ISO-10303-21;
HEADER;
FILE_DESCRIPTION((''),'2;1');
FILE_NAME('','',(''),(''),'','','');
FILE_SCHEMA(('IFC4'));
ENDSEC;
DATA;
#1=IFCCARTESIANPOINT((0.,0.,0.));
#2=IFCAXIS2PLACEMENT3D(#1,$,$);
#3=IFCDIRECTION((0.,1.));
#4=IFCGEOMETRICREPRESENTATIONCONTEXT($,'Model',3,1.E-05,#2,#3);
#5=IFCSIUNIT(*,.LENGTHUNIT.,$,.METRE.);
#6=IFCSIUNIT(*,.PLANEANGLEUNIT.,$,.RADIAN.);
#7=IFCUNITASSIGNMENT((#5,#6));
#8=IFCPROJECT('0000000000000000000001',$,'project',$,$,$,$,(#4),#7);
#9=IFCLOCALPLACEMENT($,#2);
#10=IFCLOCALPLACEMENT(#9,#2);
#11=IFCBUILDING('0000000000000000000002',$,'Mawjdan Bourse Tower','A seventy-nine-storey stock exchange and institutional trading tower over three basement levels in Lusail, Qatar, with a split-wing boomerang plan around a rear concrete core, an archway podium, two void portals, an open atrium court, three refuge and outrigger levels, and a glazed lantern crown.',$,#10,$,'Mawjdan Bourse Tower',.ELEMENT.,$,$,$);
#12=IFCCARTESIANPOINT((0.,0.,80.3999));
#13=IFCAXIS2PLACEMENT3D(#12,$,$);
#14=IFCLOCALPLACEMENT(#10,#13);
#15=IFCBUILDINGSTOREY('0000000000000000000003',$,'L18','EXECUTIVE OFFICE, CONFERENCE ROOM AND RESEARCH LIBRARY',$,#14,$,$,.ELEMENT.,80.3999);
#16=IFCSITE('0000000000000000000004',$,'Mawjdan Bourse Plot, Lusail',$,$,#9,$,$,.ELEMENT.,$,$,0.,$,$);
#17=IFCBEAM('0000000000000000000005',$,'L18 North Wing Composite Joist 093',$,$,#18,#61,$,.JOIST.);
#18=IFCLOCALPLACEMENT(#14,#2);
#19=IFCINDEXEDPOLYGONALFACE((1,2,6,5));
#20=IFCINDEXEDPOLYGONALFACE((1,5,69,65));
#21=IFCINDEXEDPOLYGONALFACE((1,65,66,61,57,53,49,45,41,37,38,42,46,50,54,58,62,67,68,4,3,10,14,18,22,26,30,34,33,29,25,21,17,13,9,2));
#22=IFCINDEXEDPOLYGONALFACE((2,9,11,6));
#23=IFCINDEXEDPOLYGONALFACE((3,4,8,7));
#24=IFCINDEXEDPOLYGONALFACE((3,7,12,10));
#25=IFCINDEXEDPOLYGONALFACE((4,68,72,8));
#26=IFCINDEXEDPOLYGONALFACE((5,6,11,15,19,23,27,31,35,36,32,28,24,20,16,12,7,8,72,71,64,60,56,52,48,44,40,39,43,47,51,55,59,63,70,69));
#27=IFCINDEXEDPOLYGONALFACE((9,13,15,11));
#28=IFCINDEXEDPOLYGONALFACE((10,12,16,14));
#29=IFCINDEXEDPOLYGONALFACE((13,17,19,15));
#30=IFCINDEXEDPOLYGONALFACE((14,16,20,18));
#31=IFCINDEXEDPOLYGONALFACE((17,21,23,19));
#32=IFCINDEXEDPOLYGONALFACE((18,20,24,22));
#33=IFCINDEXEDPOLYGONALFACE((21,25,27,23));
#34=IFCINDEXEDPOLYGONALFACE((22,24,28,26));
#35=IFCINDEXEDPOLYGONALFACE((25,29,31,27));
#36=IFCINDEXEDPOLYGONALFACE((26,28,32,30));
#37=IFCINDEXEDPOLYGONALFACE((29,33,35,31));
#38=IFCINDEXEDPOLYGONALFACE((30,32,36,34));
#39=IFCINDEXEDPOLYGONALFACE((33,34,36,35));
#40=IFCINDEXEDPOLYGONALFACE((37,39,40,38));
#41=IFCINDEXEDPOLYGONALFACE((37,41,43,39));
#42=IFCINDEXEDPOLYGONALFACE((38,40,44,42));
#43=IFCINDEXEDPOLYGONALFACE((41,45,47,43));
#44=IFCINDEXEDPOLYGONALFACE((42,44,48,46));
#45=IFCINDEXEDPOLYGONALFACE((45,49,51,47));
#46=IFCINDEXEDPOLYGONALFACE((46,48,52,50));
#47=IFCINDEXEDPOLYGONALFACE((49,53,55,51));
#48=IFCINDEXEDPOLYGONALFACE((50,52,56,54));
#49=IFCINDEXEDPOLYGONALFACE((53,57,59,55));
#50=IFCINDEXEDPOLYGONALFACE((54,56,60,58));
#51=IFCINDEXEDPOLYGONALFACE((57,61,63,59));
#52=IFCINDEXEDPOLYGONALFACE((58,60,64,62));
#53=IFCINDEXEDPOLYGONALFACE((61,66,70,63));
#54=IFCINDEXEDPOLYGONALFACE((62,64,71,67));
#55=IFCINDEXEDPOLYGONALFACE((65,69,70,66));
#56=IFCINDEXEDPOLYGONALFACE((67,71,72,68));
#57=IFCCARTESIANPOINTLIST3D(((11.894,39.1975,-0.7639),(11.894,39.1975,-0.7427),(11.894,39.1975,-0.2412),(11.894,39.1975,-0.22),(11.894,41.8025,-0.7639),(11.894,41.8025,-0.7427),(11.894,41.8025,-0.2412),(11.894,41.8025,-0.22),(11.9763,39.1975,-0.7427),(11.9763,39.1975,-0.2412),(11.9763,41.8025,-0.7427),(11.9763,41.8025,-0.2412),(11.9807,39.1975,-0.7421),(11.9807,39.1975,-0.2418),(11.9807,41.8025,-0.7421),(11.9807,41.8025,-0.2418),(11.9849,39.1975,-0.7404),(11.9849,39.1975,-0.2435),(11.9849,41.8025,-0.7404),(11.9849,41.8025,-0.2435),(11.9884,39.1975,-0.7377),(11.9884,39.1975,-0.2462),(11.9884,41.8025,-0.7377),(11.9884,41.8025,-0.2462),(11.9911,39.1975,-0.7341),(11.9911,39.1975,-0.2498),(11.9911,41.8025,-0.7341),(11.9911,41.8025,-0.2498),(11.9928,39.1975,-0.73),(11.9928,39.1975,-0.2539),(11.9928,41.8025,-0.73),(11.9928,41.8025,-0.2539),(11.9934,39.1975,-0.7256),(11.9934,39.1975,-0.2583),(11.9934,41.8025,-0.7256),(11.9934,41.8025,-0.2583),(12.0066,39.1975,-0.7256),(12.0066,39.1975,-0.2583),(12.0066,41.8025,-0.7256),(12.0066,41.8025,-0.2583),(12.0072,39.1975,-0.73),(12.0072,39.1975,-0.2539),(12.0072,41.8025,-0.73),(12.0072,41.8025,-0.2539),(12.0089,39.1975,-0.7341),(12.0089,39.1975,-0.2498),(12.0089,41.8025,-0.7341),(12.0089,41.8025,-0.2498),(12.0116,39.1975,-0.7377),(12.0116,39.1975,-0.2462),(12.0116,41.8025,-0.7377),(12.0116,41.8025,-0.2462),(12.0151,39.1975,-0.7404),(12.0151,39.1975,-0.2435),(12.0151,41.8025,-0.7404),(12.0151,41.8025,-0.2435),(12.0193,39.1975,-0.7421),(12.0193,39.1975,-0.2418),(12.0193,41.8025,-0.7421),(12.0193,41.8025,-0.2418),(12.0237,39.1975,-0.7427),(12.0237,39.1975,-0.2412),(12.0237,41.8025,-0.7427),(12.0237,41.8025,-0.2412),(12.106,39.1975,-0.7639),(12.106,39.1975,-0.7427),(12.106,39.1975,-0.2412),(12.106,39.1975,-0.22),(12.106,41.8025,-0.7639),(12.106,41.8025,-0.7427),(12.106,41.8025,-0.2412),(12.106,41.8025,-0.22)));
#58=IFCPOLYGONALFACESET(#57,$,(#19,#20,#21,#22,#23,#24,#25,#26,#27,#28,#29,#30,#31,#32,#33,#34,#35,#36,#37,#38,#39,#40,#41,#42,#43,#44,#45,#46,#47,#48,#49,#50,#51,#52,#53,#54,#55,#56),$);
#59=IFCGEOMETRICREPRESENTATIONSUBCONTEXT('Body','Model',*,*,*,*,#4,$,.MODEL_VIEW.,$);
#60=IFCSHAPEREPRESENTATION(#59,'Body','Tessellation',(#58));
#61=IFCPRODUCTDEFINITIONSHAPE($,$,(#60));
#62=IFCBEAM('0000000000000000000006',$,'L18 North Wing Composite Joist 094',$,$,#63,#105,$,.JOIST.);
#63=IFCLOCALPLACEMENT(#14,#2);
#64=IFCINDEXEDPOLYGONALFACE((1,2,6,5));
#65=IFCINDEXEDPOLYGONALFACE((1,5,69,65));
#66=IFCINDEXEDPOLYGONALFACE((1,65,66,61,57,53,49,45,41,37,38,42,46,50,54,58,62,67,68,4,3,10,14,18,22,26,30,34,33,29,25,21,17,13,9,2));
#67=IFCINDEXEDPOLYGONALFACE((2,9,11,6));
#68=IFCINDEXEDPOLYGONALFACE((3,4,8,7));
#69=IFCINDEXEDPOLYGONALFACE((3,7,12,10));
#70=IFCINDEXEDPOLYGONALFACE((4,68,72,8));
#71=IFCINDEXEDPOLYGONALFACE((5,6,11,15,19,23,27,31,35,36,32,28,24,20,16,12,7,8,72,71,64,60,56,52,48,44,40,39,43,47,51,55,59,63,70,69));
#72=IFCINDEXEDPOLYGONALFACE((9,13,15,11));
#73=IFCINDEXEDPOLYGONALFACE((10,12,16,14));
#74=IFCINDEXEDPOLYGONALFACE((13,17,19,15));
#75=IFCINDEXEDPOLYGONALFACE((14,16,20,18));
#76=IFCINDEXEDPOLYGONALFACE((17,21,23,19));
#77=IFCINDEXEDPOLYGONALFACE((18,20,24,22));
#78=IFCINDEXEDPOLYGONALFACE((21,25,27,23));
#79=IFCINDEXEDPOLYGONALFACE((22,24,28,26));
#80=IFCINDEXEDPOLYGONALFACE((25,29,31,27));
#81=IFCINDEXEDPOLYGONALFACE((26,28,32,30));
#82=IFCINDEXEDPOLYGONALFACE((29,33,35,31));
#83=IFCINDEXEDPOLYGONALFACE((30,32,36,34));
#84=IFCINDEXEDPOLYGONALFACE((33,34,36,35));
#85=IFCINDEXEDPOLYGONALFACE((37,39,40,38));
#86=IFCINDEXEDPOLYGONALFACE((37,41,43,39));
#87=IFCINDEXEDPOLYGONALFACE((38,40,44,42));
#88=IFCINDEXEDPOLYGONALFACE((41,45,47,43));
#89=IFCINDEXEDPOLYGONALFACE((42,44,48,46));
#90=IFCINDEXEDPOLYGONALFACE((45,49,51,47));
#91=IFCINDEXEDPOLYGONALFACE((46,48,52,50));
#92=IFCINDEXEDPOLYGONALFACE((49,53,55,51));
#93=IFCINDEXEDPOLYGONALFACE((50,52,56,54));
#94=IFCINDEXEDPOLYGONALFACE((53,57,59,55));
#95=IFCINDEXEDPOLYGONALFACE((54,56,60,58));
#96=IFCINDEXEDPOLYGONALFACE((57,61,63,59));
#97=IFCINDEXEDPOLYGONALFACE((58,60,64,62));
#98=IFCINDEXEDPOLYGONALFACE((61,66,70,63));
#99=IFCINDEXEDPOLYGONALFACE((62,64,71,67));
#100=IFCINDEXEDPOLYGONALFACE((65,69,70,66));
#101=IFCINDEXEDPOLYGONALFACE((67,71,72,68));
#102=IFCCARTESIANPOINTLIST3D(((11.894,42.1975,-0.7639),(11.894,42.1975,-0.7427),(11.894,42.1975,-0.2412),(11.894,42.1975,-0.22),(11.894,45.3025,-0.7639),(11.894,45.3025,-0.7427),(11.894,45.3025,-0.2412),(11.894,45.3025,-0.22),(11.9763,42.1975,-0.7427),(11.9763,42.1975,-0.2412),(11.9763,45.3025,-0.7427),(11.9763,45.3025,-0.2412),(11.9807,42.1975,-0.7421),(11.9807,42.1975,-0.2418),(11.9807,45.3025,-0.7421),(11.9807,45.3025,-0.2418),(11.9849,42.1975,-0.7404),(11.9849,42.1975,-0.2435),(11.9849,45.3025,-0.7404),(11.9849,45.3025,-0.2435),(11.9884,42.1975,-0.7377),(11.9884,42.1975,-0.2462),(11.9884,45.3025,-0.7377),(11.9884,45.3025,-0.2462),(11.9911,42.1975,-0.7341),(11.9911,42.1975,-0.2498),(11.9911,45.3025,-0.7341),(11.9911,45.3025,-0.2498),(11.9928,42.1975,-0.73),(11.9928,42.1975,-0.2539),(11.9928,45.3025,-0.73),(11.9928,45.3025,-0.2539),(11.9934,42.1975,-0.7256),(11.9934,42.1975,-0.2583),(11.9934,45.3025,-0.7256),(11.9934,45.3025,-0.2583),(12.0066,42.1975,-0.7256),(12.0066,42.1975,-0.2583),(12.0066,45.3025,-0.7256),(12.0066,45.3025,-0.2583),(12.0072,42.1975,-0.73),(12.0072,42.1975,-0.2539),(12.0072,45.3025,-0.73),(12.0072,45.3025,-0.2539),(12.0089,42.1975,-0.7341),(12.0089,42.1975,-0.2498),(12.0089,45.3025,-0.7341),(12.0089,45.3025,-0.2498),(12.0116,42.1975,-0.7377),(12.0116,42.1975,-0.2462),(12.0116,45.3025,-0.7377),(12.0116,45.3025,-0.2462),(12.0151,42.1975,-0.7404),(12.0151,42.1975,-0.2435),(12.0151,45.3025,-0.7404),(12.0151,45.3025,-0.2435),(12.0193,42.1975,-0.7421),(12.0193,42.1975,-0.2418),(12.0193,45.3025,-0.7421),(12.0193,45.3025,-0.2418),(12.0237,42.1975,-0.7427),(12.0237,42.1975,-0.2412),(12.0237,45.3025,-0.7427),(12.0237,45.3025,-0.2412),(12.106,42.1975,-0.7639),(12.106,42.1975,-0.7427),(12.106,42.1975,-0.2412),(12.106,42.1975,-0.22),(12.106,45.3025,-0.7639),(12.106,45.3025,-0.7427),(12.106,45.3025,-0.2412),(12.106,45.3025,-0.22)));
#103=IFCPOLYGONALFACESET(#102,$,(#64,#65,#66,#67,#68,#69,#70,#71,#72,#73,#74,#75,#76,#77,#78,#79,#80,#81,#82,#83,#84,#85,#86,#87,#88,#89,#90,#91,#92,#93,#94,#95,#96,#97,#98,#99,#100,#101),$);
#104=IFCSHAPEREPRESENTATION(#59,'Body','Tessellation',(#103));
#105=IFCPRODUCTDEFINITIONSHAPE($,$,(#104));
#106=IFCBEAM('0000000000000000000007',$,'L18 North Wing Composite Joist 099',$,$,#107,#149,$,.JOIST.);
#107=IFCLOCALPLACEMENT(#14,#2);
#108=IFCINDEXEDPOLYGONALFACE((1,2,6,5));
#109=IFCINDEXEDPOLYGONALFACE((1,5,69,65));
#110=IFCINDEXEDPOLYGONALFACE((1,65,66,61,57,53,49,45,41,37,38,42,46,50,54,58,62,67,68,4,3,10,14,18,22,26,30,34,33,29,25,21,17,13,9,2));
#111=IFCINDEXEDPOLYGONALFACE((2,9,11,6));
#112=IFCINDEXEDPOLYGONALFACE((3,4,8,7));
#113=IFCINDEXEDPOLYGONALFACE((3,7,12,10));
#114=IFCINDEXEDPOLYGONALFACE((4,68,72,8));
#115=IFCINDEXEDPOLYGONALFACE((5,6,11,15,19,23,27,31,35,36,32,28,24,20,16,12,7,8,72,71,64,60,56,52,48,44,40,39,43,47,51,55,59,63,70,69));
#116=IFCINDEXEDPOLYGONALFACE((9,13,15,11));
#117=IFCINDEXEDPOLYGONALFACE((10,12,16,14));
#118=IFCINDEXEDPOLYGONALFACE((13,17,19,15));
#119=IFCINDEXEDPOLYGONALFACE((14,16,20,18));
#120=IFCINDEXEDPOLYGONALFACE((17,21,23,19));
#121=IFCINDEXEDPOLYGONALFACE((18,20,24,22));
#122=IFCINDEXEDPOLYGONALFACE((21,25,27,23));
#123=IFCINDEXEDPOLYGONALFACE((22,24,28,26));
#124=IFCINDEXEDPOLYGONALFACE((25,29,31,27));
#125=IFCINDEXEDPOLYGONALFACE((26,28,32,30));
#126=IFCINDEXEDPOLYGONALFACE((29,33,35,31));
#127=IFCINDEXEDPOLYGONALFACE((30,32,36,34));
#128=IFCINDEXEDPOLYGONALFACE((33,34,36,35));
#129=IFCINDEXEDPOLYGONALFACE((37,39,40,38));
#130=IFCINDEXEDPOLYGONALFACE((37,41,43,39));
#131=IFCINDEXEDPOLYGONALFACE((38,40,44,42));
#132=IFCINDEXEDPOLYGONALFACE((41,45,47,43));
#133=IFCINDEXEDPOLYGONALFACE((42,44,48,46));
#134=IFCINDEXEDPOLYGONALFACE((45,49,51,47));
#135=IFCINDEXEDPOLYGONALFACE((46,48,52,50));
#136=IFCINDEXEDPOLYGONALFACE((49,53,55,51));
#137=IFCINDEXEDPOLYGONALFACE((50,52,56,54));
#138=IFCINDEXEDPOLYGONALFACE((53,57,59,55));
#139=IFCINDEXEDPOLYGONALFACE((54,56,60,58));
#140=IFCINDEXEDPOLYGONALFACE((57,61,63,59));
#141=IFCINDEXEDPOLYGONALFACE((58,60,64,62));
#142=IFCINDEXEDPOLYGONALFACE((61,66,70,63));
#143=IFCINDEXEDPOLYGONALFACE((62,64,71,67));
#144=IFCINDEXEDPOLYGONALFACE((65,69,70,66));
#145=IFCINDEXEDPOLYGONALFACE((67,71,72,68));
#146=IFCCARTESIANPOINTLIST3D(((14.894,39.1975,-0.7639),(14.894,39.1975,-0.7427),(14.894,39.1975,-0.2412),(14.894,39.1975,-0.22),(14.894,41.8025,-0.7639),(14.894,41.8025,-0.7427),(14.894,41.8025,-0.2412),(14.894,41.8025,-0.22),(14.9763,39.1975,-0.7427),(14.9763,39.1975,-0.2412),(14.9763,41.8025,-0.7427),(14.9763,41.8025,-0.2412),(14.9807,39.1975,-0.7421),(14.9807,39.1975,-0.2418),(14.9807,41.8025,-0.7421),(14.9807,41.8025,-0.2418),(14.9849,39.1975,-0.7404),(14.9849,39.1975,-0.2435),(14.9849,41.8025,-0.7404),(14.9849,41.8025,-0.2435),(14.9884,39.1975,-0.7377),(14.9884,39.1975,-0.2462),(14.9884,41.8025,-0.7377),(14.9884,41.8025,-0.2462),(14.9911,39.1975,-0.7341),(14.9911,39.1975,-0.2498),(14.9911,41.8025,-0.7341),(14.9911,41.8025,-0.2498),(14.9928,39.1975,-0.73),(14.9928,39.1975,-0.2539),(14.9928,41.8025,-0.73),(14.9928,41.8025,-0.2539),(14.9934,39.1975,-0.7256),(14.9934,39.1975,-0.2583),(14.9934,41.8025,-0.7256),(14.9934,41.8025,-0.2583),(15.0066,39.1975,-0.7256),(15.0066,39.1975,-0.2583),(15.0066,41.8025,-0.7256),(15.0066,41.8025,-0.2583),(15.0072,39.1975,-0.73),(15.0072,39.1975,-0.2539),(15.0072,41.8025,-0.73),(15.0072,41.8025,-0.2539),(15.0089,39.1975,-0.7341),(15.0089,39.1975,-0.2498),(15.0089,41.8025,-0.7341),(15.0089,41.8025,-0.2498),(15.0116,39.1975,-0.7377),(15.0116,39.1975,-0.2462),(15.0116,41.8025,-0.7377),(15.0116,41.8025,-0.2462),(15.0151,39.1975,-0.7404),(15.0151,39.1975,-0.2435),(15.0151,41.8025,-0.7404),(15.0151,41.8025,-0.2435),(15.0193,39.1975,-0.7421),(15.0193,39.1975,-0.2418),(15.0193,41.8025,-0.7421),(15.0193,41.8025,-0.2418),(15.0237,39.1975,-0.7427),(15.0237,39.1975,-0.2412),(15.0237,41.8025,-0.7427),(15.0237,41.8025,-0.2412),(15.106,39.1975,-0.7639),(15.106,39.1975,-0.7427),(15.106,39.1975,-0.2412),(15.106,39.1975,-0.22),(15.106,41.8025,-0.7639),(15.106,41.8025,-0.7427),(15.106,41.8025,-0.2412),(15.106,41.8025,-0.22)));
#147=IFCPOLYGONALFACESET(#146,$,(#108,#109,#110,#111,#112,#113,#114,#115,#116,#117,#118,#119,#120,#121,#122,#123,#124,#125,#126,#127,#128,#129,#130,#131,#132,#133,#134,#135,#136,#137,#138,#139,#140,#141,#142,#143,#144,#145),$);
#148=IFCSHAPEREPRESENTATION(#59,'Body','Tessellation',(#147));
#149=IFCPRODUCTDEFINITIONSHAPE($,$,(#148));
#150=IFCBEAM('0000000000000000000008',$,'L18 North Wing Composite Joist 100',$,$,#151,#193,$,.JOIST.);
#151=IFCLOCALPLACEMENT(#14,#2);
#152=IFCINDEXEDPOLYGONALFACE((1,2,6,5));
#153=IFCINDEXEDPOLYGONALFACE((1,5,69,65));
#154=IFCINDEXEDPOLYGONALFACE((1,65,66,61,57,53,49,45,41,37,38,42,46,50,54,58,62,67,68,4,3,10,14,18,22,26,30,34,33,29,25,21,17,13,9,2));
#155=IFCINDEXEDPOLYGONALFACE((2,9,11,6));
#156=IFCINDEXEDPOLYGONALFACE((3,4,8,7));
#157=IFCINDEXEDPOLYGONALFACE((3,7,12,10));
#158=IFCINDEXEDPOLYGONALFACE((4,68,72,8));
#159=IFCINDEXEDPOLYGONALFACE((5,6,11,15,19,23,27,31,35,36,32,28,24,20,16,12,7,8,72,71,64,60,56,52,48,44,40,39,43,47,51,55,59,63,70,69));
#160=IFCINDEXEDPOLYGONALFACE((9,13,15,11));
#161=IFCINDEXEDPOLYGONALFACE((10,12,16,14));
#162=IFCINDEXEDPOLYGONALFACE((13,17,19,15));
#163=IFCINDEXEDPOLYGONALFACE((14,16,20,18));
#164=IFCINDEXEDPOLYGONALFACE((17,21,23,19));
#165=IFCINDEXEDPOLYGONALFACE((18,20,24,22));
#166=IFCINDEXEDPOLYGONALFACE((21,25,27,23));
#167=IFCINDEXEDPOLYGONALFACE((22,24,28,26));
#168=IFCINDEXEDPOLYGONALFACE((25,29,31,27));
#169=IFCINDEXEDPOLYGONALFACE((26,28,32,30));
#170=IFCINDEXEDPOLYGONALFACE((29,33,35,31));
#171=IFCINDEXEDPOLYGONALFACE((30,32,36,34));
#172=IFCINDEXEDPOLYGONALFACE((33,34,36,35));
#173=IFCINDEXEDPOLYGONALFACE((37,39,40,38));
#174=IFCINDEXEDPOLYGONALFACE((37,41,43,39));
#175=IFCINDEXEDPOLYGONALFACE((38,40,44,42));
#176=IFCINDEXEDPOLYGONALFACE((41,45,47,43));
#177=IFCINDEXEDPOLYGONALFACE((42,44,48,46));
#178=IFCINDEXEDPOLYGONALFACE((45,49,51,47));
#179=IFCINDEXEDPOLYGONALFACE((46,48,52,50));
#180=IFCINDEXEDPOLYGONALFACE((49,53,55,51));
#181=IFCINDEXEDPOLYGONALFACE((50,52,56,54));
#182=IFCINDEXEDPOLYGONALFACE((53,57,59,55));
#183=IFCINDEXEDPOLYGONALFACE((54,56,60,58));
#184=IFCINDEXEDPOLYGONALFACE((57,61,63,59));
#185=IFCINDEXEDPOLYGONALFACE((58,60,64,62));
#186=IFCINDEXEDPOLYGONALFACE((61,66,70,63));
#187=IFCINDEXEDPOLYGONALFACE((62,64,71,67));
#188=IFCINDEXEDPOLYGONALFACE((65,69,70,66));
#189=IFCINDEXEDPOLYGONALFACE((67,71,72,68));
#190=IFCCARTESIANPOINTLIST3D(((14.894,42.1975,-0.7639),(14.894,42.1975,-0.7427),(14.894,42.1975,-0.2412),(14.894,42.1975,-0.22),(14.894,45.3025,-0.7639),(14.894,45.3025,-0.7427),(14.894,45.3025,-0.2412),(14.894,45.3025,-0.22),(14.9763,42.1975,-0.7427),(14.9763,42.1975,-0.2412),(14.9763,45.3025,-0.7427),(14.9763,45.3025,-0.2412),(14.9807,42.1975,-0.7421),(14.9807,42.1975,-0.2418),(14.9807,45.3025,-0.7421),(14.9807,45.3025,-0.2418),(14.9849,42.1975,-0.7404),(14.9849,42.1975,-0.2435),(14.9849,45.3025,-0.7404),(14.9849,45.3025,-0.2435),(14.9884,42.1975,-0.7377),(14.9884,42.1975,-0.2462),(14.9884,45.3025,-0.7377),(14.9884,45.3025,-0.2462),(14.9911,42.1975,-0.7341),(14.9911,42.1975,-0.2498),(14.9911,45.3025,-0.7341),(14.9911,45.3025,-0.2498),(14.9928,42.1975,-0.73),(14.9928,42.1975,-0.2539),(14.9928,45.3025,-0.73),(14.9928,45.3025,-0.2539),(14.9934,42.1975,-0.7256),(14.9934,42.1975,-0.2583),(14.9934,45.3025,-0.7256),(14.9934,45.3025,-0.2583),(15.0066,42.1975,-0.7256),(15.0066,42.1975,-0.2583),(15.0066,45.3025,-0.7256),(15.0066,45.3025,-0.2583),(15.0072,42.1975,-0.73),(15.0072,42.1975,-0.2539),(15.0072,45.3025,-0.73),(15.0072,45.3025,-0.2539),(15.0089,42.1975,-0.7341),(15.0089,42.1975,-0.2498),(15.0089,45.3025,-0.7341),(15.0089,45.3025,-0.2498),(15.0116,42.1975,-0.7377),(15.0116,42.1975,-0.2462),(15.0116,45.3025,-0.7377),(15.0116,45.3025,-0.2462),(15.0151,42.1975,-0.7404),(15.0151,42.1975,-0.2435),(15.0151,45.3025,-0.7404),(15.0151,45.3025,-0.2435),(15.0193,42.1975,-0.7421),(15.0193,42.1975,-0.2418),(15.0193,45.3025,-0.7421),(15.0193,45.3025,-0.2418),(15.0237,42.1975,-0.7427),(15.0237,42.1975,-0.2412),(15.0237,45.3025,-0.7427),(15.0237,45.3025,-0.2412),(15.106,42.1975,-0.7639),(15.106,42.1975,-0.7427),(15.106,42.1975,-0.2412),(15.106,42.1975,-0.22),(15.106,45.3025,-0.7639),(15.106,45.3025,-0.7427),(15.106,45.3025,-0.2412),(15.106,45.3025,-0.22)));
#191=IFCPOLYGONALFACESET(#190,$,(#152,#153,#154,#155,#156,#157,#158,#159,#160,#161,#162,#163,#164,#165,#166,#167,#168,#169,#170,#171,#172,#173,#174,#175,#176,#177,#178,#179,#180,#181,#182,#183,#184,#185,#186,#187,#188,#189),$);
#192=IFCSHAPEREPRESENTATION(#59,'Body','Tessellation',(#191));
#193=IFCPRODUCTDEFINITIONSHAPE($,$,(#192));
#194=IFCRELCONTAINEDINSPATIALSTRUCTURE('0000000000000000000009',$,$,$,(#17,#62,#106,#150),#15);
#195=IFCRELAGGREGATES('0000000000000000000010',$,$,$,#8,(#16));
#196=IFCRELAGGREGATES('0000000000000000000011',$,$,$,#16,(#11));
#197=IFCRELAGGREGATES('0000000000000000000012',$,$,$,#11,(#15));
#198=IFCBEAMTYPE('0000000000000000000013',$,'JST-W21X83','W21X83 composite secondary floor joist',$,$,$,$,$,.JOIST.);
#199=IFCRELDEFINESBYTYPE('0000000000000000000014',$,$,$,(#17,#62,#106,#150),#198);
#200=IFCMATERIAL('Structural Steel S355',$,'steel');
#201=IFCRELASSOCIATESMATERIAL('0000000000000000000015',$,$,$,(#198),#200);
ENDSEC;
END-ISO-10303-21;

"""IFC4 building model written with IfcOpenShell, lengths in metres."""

from ifc_helpers import new_model, si_unit, direction, frame, origin, origin_2d, place, context, subcontext, project, spatial, i_section, extrude, material, material_profile, profile_set, type_object, element, save


model = new_model("IFC4")

# Units and contexts
model_context = context("Model", 3, precision=1e-05, world=origin(), true_north=direction((0.0, 1.0)))
body_context = subcontext(model_context, "Body", "Model", "MODEL_VIEW")
ifc_project = project(units=[si_unit("LENGTHUNIT", "METRE"), si_unit("PLANEANGLEUNIT", "RADIAN")], contexts=[model_context])

# Site, building, storey
site_placement = place(None, origin())
site = spatial("IfcSite", under=ifc_project, at=site_placement, Name="Mawjdan Bourse Plot, Lusail", CompositionType="ELEMENT", RefElevation=0.0)
building_placement = place(site_placement, origin())
building = spatial("IfcBuilding", under=site, at=building_placement, Name="Mawjdan Bourse Tower", Description="A seventy-nine-storey stock exchange and institutional trading tower over three basement levels in Lusail, Qatar, with a split-wing boomerang plan around a rear concrete core, an archway podium, two void portals, an open atrium court, three refuge and outrigger levels, and a glazed lantern crown.", LongName="Mawjdan Bourse Tower", CompositionType="ELEMENT")
storey_placement = place(building_placement, frame((0.0, 0.0, 80.3999)))
storey = spatial("IfcBuildingStorey", under=building, at=storey_placement, Name="L18", Description="EXECUTIVE OFFICE, CONFERENCE ROOM AND RESEARCH LIBRARY", CompositionType="ELEMENT", Elevation=80.3999)

# Beams
ifc_material_1 = material(Name="Structural Steel S355", Category="steel")
ifc_material_profile_1 = material_profile(ifc_material_1, i_section(OverallWidth=0.2119, OverallDepth=0.5439, WebThickness=0.0132, FlangeThickness=0.0212, FilletRadius=0.0171, at=origin_2d()), Name="W21X83")
ifc_profile_set_1 = profile_set([ifc_material_profile_1], Name="Structural Steel S355")
beam_type_1 = type_object("IfcBeamType", Name="JST-W21X83", Description="W21X83 composite secondary floor joist", PredefinedType="JOIST", material=ifc_profile_set_1)
beam_1_placement = place(storey_placement, frame((12.0, 39.1975, -0.4919), z_axis=(0.0, 1.0, 0.0), x_axis=(-1.0, 0.0, 0.0)))
element("IfcBeam", 1, at=beam_1_placement, inside=storey, type_object=beam_type_1, Name="L18 North Wing Composite Joist 093", PredefinedType="JOIST", context=body_context, shape_type="SweptSolid", body=[
    extrude(i_section(OverallWidth=0.2119, OverallDepth=0.5439, WebThickness=0.0132, FlangeThickness=0.0212, FilletRadius=0.0171, at=origin_2d()), origin(), (0.0, 0.0, 1.0), 2.605),
])
beam_2_placement = place(storey_placement, frame((12.0, 42.1975, -0.4919), z_axis=(0.0, 1.0, 0.0), x_axis=(-1.0, 0.0, 0.0)))
element("IfcBeam", 2, at=beam_2_placement, inside=storey, type_object=beam_type_1, Name="L18 North Wing Composite Joist 094", PredefinedType="JOIST", context=body_context, shape_type="SweptSolid", body=[
    extrude(i_section(OverallWidth=0.2119, OverallDepth=0.5439, WebThickness=0.0132, FlangeThickness=0.0212, FilletRadius=0.0171, at=origin_2d()), origin(), (0.0, 0.0, 1.0), 3.105),
])
beam_3_placement = place(storey_placement, frame((15.0, 39.1975, -0.4919), z_axis=(0.0, 1.0, 0.0), x_axis=(-1.0, 0.0, 0.0)))
element("IfcBeam", 3, at=beam_3_placement, inside=storey, type_object=beam_type_1, Name="L18 North Wing Composite Joist 099", PredefinedType="JOIST", context=body_context, shape_type="SweptSolid", body=[
    extrude(i_section(OverallWidth=0.2119, OverallDepth=0.5439, WebThickness=0.0132, FlangeThickness=0.0212, FilletRadius=0.0171, at=origin_2d()), origin(), (0.0, 0.0, 1.0), 2.605),
])
beam_4_placement = place(storey_placement, frame((15.0, 42.1975, -0.4919), z_axis=(0.0, 1.0, 0.0), x_axis=(-1.0, 0.0, 0.0)))
element("IfcBeam", 4, at=beam_4_placement, inside=storey, type_object=beam_type_1, Name="L18 North Wing Composite Joist 100", PredefinedType="JOIST", context=body_context, shape_type="SweptSolid", body=[
    extrude(i_section(OverallWidth=0.2119, OverallDepth=0.5439, WebThickness=0.0132, FlangeThickness=0.0212, FilletRadius=0.0171, at=origin_2d()), origin(), (0.0, 0.0, 1.0), 3.105),
])

save(model, "model.ifc")
